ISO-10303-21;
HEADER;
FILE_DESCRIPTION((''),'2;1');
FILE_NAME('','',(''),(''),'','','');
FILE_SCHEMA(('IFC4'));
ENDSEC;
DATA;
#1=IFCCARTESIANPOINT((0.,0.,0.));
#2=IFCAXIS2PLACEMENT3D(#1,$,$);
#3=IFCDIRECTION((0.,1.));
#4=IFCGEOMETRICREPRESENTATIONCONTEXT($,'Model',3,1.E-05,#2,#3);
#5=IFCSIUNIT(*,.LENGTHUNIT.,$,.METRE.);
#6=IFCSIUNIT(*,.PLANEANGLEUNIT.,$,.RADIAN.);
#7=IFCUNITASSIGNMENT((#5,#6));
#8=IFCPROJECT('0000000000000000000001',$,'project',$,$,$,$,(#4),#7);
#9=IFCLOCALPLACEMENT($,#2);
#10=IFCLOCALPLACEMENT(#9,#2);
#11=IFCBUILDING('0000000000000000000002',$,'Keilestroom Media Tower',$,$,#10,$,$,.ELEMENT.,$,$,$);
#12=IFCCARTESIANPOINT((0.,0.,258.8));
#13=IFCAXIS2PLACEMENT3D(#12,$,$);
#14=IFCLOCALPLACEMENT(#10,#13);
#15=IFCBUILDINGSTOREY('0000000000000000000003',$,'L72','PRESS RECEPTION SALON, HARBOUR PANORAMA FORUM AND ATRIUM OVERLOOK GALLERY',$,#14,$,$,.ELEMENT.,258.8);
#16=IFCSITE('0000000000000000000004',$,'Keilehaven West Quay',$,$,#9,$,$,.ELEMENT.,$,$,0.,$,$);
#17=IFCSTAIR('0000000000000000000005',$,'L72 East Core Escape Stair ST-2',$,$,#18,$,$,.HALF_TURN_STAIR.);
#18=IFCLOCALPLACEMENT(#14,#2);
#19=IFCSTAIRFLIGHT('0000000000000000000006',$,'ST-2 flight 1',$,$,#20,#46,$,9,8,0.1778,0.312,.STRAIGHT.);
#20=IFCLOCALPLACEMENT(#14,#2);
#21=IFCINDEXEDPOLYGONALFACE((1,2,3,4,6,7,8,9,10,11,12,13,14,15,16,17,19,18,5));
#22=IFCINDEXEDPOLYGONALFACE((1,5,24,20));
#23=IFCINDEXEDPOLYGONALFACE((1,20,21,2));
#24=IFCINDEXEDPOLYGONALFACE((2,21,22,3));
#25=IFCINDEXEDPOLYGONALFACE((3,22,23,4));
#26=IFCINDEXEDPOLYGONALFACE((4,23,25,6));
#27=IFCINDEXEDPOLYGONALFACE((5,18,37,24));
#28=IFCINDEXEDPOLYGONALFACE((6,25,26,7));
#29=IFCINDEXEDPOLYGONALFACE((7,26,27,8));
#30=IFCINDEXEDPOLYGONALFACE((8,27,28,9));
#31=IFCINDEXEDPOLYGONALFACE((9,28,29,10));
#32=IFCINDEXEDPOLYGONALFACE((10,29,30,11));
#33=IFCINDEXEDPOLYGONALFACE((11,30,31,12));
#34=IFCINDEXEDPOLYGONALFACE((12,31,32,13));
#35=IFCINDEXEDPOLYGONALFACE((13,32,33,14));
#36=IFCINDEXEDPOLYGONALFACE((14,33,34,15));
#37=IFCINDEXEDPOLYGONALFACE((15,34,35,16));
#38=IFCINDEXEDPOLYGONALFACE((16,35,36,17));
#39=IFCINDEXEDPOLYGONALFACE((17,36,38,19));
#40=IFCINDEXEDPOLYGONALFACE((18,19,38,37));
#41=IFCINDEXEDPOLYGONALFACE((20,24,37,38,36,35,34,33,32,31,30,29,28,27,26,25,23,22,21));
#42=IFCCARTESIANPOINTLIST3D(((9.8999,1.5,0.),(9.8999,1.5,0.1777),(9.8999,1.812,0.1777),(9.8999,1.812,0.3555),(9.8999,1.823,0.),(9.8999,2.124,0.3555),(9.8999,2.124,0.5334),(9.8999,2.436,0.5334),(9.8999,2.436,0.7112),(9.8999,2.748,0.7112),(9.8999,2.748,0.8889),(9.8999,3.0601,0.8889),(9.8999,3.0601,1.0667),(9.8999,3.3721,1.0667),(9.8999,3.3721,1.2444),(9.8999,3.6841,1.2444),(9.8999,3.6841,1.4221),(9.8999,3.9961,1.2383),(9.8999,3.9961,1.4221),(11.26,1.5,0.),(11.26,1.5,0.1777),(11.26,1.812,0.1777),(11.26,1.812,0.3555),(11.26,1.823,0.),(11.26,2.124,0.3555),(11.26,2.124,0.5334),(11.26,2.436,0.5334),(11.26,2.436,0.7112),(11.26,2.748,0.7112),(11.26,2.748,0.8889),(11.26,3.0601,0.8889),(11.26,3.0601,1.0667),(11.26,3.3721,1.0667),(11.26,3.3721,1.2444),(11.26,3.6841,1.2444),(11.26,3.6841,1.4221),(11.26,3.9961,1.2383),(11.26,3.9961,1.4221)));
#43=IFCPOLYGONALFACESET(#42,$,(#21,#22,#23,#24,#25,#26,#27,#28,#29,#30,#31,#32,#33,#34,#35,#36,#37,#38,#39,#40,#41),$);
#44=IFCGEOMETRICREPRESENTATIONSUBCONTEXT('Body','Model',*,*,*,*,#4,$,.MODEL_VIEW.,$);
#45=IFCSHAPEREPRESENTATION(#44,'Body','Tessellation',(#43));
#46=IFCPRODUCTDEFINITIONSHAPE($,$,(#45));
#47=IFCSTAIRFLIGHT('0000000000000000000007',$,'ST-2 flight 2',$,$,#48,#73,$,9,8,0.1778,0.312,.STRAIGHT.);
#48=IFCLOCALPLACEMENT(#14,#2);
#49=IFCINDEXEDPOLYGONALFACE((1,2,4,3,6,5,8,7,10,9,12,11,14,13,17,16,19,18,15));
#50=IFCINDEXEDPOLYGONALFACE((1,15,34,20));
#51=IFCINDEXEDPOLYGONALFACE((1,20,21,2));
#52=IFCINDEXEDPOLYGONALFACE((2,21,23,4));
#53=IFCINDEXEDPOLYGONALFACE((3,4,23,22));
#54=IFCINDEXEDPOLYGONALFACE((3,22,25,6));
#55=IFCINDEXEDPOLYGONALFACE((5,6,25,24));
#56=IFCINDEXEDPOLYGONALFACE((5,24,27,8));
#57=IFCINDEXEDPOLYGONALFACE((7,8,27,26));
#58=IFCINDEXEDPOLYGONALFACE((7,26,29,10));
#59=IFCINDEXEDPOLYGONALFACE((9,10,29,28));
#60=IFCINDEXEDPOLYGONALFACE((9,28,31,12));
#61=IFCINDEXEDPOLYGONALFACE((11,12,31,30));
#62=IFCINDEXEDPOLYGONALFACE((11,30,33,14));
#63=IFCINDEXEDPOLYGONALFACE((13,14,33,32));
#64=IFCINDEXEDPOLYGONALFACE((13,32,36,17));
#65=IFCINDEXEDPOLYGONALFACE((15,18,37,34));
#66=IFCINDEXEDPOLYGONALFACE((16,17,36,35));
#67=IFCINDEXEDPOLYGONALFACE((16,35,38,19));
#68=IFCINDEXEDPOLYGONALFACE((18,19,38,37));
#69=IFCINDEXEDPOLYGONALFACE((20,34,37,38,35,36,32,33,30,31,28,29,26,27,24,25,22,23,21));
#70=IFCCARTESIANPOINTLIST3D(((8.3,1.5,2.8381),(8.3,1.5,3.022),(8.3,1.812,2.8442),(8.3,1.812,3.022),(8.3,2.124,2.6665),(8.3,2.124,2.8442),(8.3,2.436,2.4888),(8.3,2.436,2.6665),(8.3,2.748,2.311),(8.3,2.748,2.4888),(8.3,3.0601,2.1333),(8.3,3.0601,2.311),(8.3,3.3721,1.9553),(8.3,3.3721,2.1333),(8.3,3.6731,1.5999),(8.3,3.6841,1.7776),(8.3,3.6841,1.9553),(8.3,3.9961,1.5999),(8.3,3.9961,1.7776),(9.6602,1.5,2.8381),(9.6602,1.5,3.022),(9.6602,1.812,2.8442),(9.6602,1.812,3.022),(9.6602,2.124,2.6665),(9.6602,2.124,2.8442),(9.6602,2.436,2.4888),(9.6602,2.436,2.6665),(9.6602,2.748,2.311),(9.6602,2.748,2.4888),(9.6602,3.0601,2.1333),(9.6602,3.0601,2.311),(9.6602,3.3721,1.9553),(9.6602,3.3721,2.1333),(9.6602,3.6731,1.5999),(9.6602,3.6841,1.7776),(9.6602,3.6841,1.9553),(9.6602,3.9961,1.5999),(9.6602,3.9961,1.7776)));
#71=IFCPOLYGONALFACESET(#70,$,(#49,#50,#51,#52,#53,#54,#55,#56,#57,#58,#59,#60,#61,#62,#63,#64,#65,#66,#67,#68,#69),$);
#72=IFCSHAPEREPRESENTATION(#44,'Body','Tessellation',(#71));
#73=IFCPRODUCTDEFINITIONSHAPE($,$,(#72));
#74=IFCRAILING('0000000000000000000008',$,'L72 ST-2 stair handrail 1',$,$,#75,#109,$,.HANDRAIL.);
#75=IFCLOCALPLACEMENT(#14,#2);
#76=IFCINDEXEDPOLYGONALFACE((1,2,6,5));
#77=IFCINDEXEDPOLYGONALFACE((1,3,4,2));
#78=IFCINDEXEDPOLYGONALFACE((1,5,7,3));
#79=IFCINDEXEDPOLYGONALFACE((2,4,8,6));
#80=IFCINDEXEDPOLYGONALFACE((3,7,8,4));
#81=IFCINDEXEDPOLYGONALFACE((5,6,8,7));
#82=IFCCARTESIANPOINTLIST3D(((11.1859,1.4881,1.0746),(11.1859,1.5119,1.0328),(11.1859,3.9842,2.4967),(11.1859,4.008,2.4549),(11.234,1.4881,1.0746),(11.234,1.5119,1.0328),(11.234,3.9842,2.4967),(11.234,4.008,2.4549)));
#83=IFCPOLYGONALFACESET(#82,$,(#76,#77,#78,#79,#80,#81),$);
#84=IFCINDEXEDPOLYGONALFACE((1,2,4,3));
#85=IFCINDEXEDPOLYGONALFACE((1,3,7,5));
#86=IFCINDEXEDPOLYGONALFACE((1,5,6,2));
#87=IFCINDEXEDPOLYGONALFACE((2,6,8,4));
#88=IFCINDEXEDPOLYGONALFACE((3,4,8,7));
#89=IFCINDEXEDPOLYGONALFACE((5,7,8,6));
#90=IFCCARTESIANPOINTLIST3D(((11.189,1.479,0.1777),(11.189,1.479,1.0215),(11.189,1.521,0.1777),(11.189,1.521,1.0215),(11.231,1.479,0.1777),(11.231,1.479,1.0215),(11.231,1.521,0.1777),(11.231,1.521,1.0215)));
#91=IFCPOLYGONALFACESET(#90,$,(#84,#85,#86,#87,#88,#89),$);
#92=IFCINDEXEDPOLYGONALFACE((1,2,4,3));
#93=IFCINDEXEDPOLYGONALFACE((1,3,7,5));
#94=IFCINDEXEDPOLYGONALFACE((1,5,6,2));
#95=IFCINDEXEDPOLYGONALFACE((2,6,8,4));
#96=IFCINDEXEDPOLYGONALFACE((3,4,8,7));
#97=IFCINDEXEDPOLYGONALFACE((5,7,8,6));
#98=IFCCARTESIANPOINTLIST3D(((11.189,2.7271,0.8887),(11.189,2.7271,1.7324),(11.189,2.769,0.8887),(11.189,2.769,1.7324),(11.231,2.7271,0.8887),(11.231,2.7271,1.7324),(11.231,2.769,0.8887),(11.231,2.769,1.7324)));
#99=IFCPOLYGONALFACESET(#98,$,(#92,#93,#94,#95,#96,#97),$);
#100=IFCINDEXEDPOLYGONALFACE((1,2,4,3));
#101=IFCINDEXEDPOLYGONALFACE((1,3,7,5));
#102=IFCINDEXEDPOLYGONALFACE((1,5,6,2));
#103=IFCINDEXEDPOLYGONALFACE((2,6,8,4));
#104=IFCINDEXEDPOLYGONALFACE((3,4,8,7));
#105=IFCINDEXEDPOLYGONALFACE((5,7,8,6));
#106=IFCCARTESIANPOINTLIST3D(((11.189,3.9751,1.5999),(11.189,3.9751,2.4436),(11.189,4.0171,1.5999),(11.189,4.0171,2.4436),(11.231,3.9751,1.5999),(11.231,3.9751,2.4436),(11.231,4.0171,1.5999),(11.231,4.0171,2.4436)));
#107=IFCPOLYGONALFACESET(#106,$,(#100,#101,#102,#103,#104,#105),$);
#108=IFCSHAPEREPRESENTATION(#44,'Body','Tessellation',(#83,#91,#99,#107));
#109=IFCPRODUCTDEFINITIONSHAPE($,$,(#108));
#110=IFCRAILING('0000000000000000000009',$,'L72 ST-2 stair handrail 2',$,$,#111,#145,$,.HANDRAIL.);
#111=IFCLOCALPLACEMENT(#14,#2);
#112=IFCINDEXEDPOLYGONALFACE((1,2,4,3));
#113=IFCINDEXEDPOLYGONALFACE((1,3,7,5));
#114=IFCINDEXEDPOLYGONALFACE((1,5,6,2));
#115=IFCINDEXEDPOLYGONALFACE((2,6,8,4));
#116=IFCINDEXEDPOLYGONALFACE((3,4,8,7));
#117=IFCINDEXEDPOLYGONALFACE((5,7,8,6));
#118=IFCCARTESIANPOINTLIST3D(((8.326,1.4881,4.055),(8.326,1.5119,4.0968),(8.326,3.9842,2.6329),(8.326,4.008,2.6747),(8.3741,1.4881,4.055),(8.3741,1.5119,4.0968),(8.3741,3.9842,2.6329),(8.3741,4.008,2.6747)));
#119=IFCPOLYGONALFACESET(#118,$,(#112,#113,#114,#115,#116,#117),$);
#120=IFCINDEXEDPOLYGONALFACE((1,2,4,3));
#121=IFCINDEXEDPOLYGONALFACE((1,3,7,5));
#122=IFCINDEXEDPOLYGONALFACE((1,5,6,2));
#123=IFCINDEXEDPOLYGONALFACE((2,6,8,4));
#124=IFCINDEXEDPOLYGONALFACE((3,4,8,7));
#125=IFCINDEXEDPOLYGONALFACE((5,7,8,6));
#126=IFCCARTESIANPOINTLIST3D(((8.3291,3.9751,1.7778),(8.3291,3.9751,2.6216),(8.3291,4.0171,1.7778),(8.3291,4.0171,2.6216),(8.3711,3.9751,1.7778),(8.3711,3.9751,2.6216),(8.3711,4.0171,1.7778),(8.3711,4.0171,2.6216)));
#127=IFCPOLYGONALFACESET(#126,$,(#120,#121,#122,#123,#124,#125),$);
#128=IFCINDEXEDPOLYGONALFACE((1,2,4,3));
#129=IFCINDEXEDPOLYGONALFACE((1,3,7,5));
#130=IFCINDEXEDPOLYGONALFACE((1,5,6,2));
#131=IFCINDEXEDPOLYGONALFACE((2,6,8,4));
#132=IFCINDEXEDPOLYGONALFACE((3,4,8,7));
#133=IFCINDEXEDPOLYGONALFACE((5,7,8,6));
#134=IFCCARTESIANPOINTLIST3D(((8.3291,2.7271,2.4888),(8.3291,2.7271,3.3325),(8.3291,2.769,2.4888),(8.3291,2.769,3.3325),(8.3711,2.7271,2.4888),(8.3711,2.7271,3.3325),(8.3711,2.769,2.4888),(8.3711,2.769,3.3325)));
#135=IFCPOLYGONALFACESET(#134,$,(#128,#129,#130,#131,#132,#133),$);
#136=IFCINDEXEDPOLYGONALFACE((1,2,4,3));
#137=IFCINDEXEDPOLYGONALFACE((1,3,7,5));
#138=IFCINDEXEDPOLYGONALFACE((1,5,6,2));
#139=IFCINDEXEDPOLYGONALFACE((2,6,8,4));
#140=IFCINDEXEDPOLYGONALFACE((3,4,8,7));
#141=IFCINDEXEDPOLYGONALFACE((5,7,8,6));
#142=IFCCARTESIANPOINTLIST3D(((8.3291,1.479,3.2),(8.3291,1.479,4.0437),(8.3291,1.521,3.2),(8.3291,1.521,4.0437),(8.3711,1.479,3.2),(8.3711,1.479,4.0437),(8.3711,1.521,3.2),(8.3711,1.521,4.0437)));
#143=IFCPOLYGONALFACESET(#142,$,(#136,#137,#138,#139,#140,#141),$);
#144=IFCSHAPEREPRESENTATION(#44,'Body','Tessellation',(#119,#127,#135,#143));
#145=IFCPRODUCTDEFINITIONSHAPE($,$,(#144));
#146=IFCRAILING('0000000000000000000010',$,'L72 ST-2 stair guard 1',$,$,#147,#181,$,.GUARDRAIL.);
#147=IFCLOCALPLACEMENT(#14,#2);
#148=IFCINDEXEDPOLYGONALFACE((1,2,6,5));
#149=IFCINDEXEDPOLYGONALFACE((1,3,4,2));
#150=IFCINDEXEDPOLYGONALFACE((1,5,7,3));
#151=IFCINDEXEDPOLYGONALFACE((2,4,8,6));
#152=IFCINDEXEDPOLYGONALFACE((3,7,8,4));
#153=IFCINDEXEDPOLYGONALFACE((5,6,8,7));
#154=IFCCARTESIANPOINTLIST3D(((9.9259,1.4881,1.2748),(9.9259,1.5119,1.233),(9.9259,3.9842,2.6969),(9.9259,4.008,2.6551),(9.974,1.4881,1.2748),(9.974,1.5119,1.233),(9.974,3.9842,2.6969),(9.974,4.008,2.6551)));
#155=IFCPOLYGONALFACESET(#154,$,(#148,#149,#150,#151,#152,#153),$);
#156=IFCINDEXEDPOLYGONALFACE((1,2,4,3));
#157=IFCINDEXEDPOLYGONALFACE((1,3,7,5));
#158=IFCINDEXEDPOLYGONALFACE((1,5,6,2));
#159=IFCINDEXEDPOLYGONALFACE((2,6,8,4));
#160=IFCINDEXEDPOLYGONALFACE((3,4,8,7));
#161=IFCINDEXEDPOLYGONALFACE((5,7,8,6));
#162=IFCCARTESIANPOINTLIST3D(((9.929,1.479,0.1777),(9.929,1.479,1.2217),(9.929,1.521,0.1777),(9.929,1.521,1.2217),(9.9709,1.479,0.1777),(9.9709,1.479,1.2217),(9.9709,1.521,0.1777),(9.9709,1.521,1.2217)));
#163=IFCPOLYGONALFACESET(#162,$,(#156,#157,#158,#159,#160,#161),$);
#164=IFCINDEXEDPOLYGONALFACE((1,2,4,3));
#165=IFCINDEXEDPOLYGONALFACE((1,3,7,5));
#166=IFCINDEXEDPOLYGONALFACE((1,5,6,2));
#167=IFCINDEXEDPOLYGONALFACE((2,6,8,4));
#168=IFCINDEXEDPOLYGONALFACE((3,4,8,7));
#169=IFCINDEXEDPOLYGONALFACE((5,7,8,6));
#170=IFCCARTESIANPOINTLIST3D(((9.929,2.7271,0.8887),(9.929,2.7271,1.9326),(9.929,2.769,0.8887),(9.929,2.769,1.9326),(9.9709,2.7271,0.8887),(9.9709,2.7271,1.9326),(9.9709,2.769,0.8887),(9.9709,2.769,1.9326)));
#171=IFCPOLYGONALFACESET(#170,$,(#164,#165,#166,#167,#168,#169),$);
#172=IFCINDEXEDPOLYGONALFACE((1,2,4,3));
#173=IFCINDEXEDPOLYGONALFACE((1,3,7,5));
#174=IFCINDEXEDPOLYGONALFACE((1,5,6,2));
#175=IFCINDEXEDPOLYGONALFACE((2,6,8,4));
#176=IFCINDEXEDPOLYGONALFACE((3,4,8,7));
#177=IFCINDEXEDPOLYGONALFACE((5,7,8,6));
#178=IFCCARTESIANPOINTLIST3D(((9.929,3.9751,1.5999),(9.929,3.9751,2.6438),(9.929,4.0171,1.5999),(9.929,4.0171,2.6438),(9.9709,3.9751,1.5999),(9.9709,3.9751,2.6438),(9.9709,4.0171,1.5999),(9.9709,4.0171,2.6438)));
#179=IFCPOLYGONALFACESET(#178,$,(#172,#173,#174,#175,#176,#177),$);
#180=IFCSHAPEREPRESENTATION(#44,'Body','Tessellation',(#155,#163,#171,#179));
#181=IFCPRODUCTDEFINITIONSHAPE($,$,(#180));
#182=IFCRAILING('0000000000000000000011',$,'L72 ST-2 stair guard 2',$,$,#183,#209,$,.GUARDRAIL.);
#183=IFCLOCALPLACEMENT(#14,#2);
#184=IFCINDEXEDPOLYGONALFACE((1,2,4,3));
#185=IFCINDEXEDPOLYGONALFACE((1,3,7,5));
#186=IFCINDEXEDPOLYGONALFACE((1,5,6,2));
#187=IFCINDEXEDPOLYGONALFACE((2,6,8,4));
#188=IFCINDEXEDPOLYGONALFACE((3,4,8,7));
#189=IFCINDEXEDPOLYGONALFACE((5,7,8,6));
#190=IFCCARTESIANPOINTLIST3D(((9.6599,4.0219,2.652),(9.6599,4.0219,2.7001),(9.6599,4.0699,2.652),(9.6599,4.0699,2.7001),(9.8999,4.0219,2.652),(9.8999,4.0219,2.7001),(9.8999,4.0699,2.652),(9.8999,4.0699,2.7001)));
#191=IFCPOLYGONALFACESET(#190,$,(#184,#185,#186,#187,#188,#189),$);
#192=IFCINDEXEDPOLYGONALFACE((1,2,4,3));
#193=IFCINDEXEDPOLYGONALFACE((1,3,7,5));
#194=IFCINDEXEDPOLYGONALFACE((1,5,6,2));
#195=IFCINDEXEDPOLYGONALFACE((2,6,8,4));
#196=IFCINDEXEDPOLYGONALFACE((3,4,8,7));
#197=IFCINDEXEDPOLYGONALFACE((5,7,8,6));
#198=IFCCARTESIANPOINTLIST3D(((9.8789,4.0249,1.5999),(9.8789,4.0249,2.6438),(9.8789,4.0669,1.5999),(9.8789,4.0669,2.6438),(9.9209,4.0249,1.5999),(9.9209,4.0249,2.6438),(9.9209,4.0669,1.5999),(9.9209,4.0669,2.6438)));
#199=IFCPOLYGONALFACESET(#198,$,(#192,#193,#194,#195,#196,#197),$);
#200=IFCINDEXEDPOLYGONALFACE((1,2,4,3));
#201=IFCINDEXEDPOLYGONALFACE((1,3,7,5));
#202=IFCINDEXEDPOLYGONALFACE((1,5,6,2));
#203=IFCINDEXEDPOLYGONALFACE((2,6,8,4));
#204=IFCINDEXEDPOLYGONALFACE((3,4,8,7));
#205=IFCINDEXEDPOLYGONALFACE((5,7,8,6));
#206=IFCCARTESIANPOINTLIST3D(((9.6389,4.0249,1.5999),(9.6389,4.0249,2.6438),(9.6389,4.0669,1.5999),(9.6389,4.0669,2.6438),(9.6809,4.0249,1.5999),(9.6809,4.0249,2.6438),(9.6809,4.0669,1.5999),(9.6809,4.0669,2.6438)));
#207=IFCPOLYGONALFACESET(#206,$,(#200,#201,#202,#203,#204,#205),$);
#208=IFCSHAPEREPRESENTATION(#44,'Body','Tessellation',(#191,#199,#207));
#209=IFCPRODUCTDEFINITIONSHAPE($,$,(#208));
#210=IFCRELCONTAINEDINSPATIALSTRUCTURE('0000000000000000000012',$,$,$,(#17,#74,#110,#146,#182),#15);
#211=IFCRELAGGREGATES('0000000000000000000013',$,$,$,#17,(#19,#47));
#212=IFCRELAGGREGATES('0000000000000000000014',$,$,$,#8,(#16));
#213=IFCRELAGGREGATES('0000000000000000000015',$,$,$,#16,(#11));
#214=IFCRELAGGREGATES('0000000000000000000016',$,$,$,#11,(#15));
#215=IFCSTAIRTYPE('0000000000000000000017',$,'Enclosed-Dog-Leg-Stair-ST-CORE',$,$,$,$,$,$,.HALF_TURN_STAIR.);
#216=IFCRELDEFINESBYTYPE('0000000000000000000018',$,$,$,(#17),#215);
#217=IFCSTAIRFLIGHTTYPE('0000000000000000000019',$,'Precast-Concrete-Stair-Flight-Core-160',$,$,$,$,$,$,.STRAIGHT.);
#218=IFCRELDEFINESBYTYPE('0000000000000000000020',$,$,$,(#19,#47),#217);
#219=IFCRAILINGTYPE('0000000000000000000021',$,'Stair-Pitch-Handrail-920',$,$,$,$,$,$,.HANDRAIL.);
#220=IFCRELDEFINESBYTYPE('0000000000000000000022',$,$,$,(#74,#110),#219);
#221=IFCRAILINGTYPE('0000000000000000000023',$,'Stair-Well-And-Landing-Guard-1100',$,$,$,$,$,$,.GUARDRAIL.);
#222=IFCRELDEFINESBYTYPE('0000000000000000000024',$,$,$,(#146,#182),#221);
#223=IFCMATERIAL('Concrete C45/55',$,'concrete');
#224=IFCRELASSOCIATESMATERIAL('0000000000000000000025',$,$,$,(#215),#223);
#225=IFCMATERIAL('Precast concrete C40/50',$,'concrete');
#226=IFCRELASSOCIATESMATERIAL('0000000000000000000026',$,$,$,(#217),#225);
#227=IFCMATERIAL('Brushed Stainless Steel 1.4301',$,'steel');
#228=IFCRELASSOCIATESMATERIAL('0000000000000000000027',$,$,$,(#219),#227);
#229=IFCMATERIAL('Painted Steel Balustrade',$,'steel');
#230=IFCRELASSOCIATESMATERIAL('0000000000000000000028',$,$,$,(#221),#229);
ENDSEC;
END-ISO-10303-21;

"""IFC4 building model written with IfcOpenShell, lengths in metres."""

from ifc_helpers import new_model, si_unit, direction, frame, origin, origin_2d, place, context, subcontext, project, spatial, polyline, rectangle, outline, extrude, material, type_object, element, aggregate, save


model = new_model("IFC4")

# Units and contexts
model_context = context("Model", 3, precision=1e-05, world=origin(), true_north=direction((0.0, 1.0)))
body_context = subcontext(model_context, "Body", "Model", "MODEL_VIEW")
ifc_project = project(units=[si_unit("LENGTHUNIT", "METRE"), si_unit("PLANEANGLEUNIT", "RADIAN")], contexts=[model_context])

# Site, building, storey
site_placement = place(None, origin())
site = spatial("IfcSite", under=ifc_project, at=site_placement, Name="Keilehaven West Quay", CompositionType="ELEMENT", RefElevation=0.0)
building_placement = place(site_placement, origin())
building = spatial("IfcBuilding", under=site, at=building_placement, Name="Keilestroom Media Tower", CompositionType="ELEMENT")
storey_placement = place(building_placement, frame((0.0, 0.0, 258.8)))
storey = spatial("IfcBuildingStorey", under=building, at=storey_placement, Name="L72", Description="PRESS RECEPTION SALON, HARBOUR PANORAMA FORUM AND ATRIUM OVERLOOK GALLERY", CompositionType="ELEMENT", Elevation=258.8)

# Shared definitions
ifc_material_1 = material(Name="Precast concrete C40/50", Category="concrete")

# Shared definitions
ifc_material_2 = material(Name="Concrete C45/55", Category="concrete")

# Stair
stair_type = type_object("IfcStairType", Name="Enclosed-Dog-Leg-Stair-ST-CORE", PredefinedType="HALF_TURN_STAIR", material=ifc_material_2)
stair_1_placement = place(storey_placement, origin())
stair_1 = element("IfcStair", 1, at=stair_1_placement, inside=storey, type_object=stair_type, Name="L72 East Core Escape Stair ST-2", PredefinedType="HALF_TURN_STAIR")

# Stair flights
stair_flight_type = type_object("IfcStairFlightType", Name="Precast-Concrete-Stair-Flight-Core-160", PredefinedType="STRAIGHT", material=ifc_material_1)
stair_flight_1_placement = place(storey_placement, frame((10.5801, 1.5, 0.0), z_axis=(0.0, 0.0, 1.0), x_axis=(0.0, 1.0, 0.0)))
stair_flight_1 = element("IfcStairFlight", 2, at=stair_flight_1_placement, type_object=stair_flight_type, Name="ST-2 flight 1", NumberOfRisers=9, NumberOfTreads=8, PredefinedType="STRAIGHT", RiserHeight=0.1778, TreadLength=0.312, context=body_context, shape_type="SweptSolid", body=[
    extrude(outline(polyline([(0.0, 0.0), (0.0, 0.1777), (0.312, 0.1777), (0.312, 0.3555), (0.624, 0.3555), (0.624, 0.5334), (0.936, 0.5334), (0.936, 0.7112), (1.248, 0.7112), (1.248, 0.8889), (1.5601, 0.8889), (1.5601, 1.0667), (1.8721, 1.0667), (1.8721, 1.2444), (2.1841, 1.2444), (2.1841, 1.4221), (2.4961, 1.4221), (2.4961, 1.6001), (2.4961, 1.2383), (0.323, 0.0), (0.0, 0.0)])), frame((0.0, 0.6802, 0.0), z_axis=(0.0, -1.0, 0.0), x_axis=(1.0, 0.0, 0.0)), (0.0, 0.0, 1.0), 1.3601),
])
stair_flight_2_placement = place(storey_placement, frame((8.98, 3.9961, 1.5999), z_axis=(0.0, 0.0, 1.0), x_axis=(0.0, -1.0, 0.0)))
stair_flight_2 = element("IfcStairFlight", 3, at=stair_flight_2_placement, type_object=stair_flight_type, Name="ST-2 flight 2", NumberOfRisers=9, NumberOfTreads=8, PredefinedType="STRAIGHT", RiserHeight=0.1778, TreadLength=0.312, context=body_context, shape_type="SweptSolid", body=[
    extrude(outline(polyline([(0.0, 0.0), (0.0, 0.1777), (0.312, 0.1777), (0.312, 0.3555), (0.624, 0.3555), (0.624, 0.5334), (0.936, 0.5334), (0.936, 0.7112), (1.248, 0.7112), (1.248, 0.8889), (1.5601, 0.8889), (1.5601, 1.0667), (1.8721, 1.0667), (1.8721, 1.2444), (2.1841, 1.2444), (2.1841, 1.4221), (2.4961, 1.4221), (2.4961, 1.6001), (2.4961, 1.2383), (0.323, 0.0), (0.0, 0.0)])), frame((0.0, 0.6802, 0.0), z_axis=(0.0, -1.0, 0.0), x_axis=(1.0, 0.0, 0.0)), (0.0, 0.0, 1.0), 1.3601),
])
aggregate(stair_1, [stair_flight_1, stair_flight_2])

# Railings
ifc_material_3 = material(Name="Brushed Stainless Steel 1.4301", Category="steel")
railing_type_1 = type_object("IfcRailingType", Name="Stair-Pitch-Handrail-920", PredefinedType="HANDRAIL", material=ifc_material_3)
railing_1_placement = place(storey_placement, frame((11.21, 1.5, 0.1777)))
element("IfcRailing", 4, at=railing_1_placement, inside=storey, type_object=railing_type_1, Name="L72 ST-2 stair handrail 1", PredefinedType="HANDRAIL", context=body_context, shape_type="SweptSolid", body=[
    extrude(rectangle(XDim=0.0481, YDim=0.0481, at=origin_2d()), frame((0.0, 0.0, 0.876), z_axis=(0.0, 0.868875, 0.495031), x_axis=(-1.0, 0.0, 0.0)), (0.0, 0.0, 1.0), 2.8728),
    extrude(rectangle(XDim=0.042, YDim=0.042, at=origin_2d()), origin(), (0.0, 0.0, 1.0), 0.8438),
    extrude(rectangle(XDim=0.042, YDim=0.042, at=origin_2d()), frame((0.0, 1.248, 0.7109)), (0.0, 0.0, 1.0), 0.8438),
    extrude(rectangle(XDim=0.042, YDim=0.042, at=origin_2d()), frame((0.0, 2.4961, 1.4221)), (0.0, 0.0, 1.0), 0.8438),
])
railing_2_placement = place(storey_placement, frame((8.3501, 3.9961, 1.7778)))
element("IfcRailing", 5, at=railing_2_placement, inside=storey, type_object=railing_type_1, Name="L72 ST-2 stair handrail 2", PredefinedType="HANDRAIL", context=body_context, shape_type="SweptSolid", body=[
    extrude(rectangle(XDim=0.0481, YDim=0.0481, at=origin_2d()), frame((0.0, 0.0, 0.876), z_axis=(0.0, -0.868875, 0.495031), x_axis=(1.0, 0.0, 0.0)), (0.0, 0.0, 1.0), 2.8728),
    extrude(rectangle(XDim=0.042, YDim=0.042, at=origin_2d()), origin(), (0.0, 0.0, 1.0), 0.8438),
    extrude(rectangle(XDim=0.042, YDim=0.042, at=origin_2d()), frame((0.0, -1.248, 0.7109)), (0.0, 0.0, 1.0), 0.8438),
    extrude(rectangle(XDim=0.042, YDim=0.042, at=origin_2d()), frame((0.0, -2.4961, 1.4221)), (0.0, 0.0, 1.0), 0.8438),
])
ifc_material_4 = material(Name="Painted Steel Balustrade", Category="steel")
railing_type_2 = type_object("IfcRailingType", Name="Stair-Well-And-Landing-Guard-1100", PredefinedType="GUARDRAIL", material=ifc_material_4)
railing_3_placement = place(storey_placement, frame((9.95, 1.5, 0.1777)))
element("IfcRailing", 6, at=railing_3_placement, inside=storey, type_object=railing_type_2, Name="L72 ST-2 stair guard 1", PredefinedType="GUARDRAIL", context=body_context, shape_type="SweptSolid", body=[
    extrude(rectangle(XDim=0.0481, YDim=0.0481, at=origin_2d()), frame((0.0, 0.0, 1.0762), z_axis=(0.0, 0.868875, 0.495031), x_axis=(-1.0, 0.0, 0.0)), (0.0, 0.0, 1.0), 2.8728),
    extrude(rectangle(XDim=0.042, YDim=0.042, at=origin_2d()), origin(), (0.0, 0.0, 1.0), 1.0439),
    extrude(rectangle(XDim=0.042, YDim=0.042, at=origin_2d()), frame((0.0, 1.248, 0.7109)), (0.0, 0.0, 1.0), 1.0439),
    extrude(rectangle(XDim=0.042, YDim=0.042, at=origin_2d()), frame((0.0, 2.4961, 1.4221)), (0.0, 0.0, 1.0), 1.0439),
])
railing_4_placement = place(storey_placement, frame((9.8999, 4.0459, 1.5999)))
element("IfcRailing", 7, at=railing_4_placement, inside=storey, type_object=railing_type_2, Name="L72 ST-2 stair guard 2", PredefinedType="GUARDRAIL", context=body_context, shape_type="SweptSolid", body=[
    extrude(rectangle(XDim=0.0481, YDim=0.0481, at=origin_2d()), frame((0.0, 0.0, 1.0762), z_axis=(-1.0, 0.0, 0.0), x_axis=(0.0, -1.0, 0.0)), (0.0, 0.0, 1.0), 0.24),
    extrude(rectangle(XDim=0.042, YDim=0.042, at=origin_2d()), origin(), (0.0, 0.0, 1.0), 1.0439),
    extrude(rectangle(XDim=0.042, YDim=0.042, at=origin_2d()), frame((-0.24, 0.0, 0.0)), (0.0, 0.0, 1.0), 1.0439),
])

save(model, "model.ifc")
